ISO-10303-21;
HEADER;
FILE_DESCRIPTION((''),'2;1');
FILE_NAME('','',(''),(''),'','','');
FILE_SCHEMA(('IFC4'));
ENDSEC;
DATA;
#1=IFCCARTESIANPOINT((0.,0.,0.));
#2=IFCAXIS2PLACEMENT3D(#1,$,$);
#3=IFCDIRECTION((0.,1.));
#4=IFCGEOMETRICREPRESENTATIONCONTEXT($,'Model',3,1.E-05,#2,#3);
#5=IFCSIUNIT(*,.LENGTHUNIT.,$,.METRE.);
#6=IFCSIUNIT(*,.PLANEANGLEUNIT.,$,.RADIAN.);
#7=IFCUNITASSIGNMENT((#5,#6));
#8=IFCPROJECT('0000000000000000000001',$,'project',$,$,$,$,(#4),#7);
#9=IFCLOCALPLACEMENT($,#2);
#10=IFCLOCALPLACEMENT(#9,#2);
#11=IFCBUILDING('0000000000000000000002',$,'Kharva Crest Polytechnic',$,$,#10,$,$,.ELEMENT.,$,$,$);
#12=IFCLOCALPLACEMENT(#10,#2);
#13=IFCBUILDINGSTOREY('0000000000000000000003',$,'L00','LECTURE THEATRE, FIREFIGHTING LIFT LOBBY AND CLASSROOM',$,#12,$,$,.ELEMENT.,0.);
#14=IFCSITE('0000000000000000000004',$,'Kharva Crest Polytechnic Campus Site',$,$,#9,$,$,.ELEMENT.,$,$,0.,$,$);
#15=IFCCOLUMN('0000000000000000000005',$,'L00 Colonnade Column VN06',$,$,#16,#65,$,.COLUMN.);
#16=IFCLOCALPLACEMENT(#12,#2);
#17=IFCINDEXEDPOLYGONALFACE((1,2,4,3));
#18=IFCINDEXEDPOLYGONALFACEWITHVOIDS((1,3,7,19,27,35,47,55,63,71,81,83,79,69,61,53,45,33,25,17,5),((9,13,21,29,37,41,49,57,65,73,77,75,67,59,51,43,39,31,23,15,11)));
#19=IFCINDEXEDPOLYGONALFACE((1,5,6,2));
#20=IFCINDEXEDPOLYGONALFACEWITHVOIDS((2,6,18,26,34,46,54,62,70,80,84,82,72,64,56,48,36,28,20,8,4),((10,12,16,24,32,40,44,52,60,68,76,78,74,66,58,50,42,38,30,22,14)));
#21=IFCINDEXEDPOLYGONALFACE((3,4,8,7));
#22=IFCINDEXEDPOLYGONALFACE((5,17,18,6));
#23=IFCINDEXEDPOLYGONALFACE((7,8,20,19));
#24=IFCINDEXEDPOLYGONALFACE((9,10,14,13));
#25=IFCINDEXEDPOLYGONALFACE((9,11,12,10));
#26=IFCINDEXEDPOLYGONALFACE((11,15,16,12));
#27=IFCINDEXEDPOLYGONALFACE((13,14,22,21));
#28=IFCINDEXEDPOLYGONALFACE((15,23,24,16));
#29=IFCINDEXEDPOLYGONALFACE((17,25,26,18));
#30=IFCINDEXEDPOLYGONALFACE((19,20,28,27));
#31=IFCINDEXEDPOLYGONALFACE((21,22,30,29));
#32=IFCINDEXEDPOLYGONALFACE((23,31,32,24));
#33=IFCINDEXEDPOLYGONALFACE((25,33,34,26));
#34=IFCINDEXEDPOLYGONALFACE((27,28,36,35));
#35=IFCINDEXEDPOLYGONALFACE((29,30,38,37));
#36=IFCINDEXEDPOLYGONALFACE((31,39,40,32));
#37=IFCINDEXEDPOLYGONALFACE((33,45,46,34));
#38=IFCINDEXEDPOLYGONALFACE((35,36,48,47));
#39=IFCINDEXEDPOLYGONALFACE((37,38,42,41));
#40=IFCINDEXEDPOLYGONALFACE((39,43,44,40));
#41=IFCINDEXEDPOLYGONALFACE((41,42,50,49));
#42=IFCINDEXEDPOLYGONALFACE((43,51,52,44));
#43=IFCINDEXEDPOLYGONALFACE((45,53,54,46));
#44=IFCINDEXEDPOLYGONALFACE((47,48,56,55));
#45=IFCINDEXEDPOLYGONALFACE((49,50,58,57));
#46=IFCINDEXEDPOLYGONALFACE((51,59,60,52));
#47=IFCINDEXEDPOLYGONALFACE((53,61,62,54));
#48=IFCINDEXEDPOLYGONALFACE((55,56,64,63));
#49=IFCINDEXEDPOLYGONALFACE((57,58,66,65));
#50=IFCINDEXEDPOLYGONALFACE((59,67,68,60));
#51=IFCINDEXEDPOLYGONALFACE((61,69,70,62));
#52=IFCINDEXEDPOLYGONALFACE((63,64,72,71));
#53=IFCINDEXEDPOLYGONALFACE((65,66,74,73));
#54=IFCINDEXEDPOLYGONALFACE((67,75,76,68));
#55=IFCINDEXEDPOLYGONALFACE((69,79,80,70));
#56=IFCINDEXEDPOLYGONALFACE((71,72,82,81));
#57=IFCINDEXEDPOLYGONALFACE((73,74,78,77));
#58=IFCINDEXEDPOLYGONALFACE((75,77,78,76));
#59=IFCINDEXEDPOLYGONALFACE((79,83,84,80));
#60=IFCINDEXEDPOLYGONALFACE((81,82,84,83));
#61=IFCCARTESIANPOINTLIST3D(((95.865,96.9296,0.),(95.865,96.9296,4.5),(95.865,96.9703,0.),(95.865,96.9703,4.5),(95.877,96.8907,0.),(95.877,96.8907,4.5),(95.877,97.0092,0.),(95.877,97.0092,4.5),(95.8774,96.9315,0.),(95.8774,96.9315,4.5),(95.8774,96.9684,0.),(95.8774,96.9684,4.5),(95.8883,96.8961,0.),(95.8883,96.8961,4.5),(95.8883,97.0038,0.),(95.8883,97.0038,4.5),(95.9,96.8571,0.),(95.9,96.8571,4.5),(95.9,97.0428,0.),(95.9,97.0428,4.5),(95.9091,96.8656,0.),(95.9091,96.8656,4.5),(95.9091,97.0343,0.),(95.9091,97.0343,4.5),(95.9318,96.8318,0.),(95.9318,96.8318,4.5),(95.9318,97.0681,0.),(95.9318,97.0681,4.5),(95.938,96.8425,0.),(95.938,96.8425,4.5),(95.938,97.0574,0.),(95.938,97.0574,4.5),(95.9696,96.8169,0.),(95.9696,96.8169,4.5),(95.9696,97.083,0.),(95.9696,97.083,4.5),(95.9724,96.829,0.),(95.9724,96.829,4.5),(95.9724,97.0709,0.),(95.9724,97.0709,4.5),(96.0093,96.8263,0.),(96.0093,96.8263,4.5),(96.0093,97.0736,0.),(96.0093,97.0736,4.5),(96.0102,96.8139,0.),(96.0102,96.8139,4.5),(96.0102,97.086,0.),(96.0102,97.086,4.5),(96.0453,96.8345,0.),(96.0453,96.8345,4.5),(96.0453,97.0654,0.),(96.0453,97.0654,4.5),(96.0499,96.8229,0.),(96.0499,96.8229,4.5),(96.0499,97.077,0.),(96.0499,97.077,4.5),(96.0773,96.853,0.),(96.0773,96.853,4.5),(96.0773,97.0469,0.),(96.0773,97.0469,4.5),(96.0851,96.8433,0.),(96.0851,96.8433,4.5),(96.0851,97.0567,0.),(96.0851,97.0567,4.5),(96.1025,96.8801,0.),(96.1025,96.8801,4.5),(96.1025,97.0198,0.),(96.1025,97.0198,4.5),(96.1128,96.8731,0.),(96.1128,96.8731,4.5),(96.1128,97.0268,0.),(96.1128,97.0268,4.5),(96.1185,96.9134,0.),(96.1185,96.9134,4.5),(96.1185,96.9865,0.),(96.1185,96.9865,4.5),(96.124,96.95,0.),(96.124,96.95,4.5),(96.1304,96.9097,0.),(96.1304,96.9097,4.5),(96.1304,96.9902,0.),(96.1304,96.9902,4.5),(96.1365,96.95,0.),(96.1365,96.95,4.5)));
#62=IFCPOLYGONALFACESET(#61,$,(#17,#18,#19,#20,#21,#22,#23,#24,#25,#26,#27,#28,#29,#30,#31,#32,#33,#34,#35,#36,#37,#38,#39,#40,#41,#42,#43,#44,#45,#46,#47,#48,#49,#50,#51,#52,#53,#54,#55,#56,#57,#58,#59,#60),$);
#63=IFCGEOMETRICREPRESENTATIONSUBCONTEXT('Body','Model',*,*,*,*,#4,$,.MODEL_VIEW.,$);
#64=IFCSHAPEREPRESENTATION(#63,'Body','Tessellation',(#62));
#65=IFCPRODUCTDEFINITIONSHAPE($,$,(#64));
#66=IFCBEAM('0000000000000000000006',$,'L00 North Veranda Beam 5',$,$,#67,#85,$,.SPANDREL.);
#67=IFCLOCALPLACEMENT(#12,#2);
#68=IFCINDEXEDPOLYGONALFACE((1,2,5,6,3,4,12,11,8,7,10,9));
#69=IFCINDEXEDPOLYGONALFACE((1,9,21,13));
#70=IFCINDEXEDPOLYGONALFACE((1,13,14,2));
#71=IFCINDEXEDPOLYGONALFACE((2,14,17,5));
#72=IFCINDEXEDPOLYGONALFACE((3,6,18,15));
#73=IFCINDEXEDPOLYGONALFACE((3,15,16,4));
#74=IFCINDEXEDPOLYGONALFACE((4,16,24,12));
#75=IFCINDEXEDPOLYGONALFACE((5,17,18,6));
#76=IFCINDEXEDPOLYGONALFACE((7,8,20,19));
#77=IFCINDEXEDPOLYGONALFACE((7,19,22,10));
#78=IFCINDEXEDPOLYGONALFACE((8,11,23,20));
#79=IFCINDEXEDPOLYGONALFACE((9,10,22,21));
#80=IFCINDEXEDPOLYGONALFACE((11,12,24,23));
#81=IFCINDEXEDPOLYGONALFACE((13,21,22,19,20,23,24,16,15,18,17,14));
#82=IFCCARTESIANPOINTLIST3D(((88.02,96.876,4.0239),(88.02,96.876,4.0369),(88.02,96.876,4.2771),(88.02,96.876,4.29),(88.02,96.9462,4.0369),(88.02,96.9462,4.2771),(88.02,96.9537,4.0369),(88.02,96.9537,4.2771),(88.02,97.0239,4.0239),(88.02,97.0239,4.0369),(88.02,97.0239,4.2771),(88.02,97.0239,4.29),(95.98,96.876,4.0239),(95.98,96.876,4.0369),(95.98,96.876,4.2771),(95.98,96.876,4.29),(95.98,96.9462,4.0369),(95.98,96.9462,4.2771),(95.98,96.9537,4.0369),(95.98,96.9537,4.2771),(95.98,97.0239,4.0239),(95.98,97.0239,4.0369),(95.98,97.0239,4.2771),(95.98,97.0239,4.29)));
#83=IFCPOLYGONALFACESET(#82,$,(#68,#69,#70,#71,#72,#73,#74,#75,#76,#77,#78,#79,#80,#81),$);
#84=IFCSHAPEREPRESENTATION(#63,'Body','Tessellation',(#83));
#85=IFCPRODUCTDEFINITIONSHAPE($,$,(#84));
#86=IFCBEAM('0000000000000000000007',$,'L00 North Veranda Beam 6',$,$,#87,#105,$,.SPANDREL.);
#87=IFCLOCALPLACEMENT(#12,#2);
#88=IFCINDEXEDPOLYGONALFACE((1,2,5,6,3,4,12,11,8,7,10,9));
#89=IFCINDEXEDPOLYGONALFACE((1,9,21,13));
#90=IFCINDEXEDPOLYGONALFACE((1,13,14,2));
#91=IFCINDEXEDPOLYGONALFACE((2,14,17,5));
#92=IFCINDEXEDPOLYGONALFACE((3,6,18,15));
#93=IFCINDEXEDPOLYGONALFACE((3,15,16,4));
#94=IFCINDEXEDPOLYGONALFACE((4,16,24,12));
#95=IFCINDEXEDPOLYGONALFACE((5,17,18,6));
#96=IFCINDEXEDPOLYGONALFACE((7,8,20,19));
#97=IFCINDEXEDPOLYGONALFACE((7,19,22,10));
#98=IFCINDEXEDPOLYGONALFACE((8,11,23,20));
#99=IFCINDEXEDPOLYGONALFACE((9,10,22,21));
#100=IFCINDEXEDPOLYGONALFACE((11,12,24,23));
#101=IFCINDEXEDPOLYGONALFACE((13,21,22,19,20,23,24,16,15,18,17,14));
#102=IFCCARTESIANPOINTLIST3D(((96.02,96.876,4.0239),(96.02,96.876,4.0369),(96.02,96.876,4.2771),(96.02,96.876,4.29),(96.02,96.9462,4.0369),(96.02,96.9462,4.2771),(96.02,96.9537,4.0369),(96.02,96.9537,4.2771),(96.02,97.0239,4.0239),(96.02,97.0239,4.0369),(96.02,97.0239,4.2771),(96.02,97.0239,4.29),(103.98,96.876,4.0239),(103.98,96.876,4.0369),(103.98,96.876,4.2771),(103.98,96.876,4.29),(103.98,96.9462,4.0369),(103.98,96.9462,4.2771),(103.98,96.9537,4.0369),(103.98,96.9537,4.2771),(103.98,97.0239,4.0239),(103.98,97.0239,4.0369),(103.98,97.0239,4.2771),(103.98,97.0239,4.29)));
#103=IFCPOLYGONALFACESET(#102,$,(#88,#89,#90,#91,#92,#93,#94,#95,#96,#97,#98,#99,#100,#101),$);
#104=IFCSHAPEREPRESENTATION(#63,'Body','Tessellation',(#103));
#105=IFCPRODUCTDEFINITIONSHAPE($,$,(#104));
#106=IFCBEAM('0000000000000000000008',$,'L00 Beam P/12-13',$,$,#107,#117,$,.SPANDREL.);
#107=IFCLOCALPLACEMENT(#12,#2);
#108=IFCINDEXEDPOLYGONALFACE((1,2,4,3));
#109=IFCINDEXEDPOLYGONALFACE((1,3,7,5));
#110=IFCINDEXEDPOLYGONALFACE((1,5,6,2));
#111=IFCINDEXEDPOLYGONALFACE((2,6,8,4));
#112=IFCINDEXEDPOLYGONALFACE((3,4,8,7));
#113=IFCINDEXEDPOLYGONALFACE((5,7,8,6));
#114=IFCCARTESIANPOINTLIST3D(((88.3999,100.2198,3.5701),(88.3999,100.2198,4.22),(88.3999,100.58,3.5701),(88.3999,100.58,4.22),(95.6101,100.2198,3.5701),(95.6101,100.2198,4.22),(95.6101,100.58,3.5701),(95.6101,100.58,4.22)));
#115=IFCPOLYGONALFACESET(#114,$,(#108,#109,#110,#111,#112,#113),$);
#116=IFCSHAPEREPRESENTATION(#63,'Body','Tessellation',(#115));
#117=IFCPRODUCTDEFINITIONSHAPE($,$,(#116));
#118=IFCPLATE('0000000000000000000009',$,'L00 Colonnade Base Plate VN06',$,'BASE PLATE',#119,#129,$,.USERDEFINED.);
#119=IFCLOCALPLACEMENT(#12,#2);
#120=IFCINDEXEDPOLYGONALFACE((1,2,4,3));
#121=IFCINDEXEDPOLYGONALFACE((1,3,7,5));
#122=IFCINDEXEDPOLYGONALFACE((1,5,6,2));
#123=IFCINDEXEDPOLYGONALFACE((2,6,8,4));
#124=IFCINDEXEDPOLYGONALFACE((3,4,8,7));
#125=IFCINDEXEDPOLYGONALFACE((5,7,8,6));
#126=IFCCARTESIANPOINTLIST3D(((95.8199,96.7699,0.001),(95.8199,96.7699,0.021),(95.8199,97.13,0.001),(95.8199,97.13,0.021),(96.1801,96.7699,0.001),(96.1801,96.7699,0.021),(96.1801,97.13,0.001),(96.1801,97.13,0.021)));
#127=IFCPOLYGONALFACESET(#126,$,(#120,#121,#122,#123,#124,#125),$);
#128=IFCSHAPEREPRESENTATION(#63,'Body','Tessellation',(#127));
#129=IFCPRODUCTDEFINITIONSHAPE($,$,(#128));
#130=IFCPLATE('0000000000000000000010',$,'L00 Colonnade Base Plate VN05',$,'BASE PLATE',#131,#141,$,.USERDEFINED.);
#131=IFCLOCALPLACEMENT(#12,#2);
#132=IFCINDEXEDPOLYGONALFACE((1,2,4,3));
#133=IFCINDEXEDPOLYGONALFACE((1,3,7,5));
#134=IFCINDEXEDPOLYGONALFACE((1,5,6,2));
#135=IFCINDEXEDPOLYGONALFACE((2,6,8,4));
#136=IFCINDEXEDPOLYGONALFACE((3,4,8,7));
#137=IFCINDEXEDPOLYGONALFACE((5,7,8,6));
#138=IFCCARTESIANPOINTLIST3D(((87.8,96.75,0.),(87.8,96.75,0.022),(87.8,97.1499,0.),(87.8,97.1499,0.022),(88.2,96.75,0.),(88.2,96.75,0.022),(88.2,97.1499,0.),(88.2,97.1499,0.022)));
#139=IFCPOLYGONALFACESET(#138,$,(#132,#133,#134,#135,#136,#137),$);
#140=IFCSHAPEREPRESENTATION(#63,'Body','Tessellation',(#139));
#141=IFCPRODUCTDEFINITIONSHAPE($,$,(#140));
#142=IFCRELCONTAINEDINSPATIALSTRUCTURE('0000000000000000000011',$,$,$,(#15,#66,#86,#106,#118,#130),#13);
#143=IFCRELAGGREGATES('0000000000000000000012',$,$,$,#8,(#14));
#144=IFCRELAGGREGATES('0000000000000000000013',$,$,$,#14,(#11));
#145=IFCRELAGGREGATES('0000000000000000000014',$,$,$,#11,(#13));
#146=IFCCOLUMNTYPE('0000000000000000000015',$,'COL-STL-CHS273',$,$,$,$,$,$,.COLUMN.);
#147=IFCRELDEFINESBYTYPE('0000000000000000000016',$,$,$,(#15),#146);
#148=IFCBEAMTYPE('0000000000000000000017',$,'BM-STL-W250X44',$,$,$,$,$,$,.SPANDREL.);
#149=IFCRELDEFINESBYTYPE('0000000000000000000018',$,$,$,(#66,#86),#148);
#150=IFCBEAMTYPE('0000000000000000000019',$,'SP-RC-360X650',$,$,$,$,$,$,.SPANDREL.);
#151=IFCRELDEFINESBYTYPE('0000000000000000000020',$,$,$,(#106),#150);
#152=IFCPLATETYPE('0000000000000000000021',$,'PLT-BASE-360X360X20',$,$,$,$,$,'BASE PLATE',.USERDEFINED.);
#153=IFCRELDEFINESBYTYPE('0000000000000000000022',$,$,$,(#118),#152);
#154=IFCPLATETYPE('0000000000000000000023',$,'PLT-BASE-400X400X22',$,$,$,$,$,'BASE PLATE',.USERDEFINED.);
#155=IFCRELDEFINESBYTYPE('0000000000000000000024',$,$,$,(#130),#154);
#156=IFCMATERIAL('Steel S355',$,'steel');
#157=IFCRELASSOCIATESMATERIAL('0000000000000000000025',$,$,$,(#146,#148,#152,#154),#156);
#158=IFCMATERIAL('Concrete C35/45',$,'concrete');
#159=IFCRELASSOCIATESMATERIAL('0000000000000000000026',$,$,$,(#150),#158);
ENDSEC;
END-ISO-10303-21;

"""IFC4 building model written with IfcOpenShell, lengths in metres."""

from ifc_helpers import new_model, si_unit, direction, frame, origin, origin_2d, place, context, subcontext, project, spatial, rectangle, hollow_circle, i_section, extrude, material, material_profile, profile_set, type_object, element, save


model = new_model("IFC4")

# Units and contexts
model_context = context("Model", 3, precision=1e-05, world=origin(), true_north=direction((0.0, 1.0)))
body_context = subcontext(model_context, "Body", "Model", "MODEL_VIEW")
ifc_project = project(units=[si_unit("LENGTHUNIT", "METRE"), si_unit("PLANEANGLEUNIT", "RADIAN")], contexts=[model_context])

# Site, building, storey
site_placement = place(None, origin())
site = spatial("IfcSite", under=ifc_project, at=site_placement, Name="Kharva Crest Polytechnic Campus Site", CompositionType="ELEMENT", RefElevation=0.0)
building_placement = place(site_placement, origin())
building = spatial("IfcBuilding", under=site, at=building_placement, Name="Kharva Crest Polytechnic", CompositionType="ELEMENT")
storey_placement = place(building_placement, origin())
storey = spatial("IfcBuildingStorey", under=building, at=storey_placement, Name="L00", Description="LECTURE THEATRE, FIREFIGHTING LIFT LOBBY AND CLASSROOM", CompositionType="ELEMENT", Elevation=0.0)

# Shared definitions
ifc_material_1 = material(Name="Concrete C35/45", Category="concrete")

# Column
ifc_material_2 = material(Name="Steel S355", Category="steel")
ifc_material_profile_1 = material_profile(ifc_material_2, hollow_circle(Radius=0.1365, WallThickness=0.0125, at=origin_2d()), Name="CHS 273.0X12.5")
ifc_profile_set_1 = profile_set([ifc_material_profile_1], Name="Steel S355")
column_type_1 = type_object("IfcColumnType", Name="COL-STL-CHS273", PredefinedType="COLUMN", material=ifc_profile_set_1)
for number, where, z_axis, x_axis, name in (
    (1, (96.0, 96.95, 0.0), (0.0, 0.0, 1.0), (1.0, 0.0, 0.0), "L00 Colonnade Column VN06"),
):
    element("IfcColumn", number, at=place(storey_placement, frame(where, z_axis=z_axis, x_axis=x_axis)), inside=storey, type_object=column_type_1, Name=name, PredefinedType="COLUMN", context=body_context, shape_type="SweptSolid", body=[
        extrude(hollow_circle(Radius=0.1365, WallThickness=0.0125, at=origin_2d()), origin(), (0.0, 0.0, 1.0), 4.5),
    ])

# Beams
ifc_material_profile_2 = material_profile(ifc_material_2, i_section(OverallWidth=0.1479, OverallDepth=0.2661, WebThickness=0.0076, FlangeThickness=0.0129, at=origin_2d()), Name="W250X44.8")
ifc_profile_set_2 = profile_set([ifc_material_profile_2], Name="Steel S355")
beam_type_1 = type_object("IfcBeamType", Name="BM-STL-W250X44", PredefinedType="SPANDREL", material=ifc_profile_set_2)
for number, where, z_axis, x_axis, name in (
    (2, (88.02, 96.95, 4.157), (1.0, 0.0, 0.0), (0.0, 1.0, 0.0), "L00 North Veranda Beam 5"),
    (3, (96.02, 96.95, 4.157), (1.0, 0.0, 0.0), (0.0, 1.0, 0.0), "L00 North Veranda Beam 6"),
):
    element("IfcBeam", number, at=place(storey_placement, frame(where, z_axis=z_axis, x_axis=x_axis)), inside=storey, type_object=beam_type_1, Name=name, PredefinedType="SPANDREL", context=body_context, shape_type="SweptSolid", body=[
        extrude(i_section(OverallWidth=0.1479, OverallDepth=0.2661, WebThickness=0.0076, FlangeThickness=0.0129, at=origin_2d()), origin(), (0.0, 0.0, 1.0), 7.96),
    ])
ifc_material_profile_3 = material_profile(ifc_material_1, rectangle(XDim=0.3601, YDim=0.6499, at=origin_2d()), Name="RECT 360 X 650")
ifc_profile_set_3 = profile_set([ifc_material_profile_3], Name="Concrete C35/45")
beam_type_2 = type_object("IfcBeamType", Name="SP-RC-360X650", PredefinedType="SPANDREL", material=ifc_profile_set_3)
beam_placement = place(storey_placement, frame((88.3999, 100.3999, 3.895), z_axis=(1.0, 0.0, 0.0), x_axis=(0.0, 1.0, 0.0)))
element("IfcBeam", 4, at=beam_placement, inside=storey, type_object=beam_type_2, Name="L00 Beam P/12-13", PredefinedType="SPANDREL", context=body_context, shape_type="SweptSolid", body=[
    extrude(rectangle(XDim=0.3601, YDim=0.6499, at=origin_2d()), origin(), (0.0, 0.0, 1.0), 7.2102),
])

# Plates
plate_type_1 = type_object("IfcPlateType", Name="PLT-BASE-360X360X20", ElementType="BASE PLATE", PredefinedType="USERDEFINED", material=ifc_material_2)
plate_1_placement = place(storey_placement, frame((96.0, 96.95, 0.001), z_axis=(0.0, 0.0, 1.0), x_axis=(1.0, 0.0, 0.0)))
element("IfcPlate", 5, at=plate_1_placement, inside=storey, type_object=plate_type_1, Name="L00 Colonnade Base Plate VN06", ObjectType="BASE PLATE", PredefinedType="USERDEFINED", context=body_context, shape_type="SweptSolid", body=[
    extrude(rectangle(XDim=0.3601, YDim=0.3601, at=origin_2d()), origin(), (0.0, 0.0, 1.0), 0.02),
])
plate_type_2 = type_object("IfcPlateType", Name="PLT-BASE-400X400X22", ElementType="BASE PLATE", PredefinedType="USERDEFINED", material=ifc_material_2)
plate_2_placement = place(storey_placement, frame((88.0, 96.95, 0.0), z_axis=(0.0, 0.0, 1.0), x_axis=(1.0, 0.0, 0.0)))
element("IfcPlate", 6, at=plate_2_placement, inside=storey, type_object=plate_type_2, Name="L00 Colonnade Base Plate VN05", ObjectType="BASE PLATE", PredefinedType="USERDEFINED", context=body_context, shape_type="SweptSolid", body=[
    extrude(rectangle(XDim=0.3999, YDim=0.3999, at=origin_2d()), origin(), (0.0, 0.0, 1.0), 0.022),
])

save(model, "model.ifc")
